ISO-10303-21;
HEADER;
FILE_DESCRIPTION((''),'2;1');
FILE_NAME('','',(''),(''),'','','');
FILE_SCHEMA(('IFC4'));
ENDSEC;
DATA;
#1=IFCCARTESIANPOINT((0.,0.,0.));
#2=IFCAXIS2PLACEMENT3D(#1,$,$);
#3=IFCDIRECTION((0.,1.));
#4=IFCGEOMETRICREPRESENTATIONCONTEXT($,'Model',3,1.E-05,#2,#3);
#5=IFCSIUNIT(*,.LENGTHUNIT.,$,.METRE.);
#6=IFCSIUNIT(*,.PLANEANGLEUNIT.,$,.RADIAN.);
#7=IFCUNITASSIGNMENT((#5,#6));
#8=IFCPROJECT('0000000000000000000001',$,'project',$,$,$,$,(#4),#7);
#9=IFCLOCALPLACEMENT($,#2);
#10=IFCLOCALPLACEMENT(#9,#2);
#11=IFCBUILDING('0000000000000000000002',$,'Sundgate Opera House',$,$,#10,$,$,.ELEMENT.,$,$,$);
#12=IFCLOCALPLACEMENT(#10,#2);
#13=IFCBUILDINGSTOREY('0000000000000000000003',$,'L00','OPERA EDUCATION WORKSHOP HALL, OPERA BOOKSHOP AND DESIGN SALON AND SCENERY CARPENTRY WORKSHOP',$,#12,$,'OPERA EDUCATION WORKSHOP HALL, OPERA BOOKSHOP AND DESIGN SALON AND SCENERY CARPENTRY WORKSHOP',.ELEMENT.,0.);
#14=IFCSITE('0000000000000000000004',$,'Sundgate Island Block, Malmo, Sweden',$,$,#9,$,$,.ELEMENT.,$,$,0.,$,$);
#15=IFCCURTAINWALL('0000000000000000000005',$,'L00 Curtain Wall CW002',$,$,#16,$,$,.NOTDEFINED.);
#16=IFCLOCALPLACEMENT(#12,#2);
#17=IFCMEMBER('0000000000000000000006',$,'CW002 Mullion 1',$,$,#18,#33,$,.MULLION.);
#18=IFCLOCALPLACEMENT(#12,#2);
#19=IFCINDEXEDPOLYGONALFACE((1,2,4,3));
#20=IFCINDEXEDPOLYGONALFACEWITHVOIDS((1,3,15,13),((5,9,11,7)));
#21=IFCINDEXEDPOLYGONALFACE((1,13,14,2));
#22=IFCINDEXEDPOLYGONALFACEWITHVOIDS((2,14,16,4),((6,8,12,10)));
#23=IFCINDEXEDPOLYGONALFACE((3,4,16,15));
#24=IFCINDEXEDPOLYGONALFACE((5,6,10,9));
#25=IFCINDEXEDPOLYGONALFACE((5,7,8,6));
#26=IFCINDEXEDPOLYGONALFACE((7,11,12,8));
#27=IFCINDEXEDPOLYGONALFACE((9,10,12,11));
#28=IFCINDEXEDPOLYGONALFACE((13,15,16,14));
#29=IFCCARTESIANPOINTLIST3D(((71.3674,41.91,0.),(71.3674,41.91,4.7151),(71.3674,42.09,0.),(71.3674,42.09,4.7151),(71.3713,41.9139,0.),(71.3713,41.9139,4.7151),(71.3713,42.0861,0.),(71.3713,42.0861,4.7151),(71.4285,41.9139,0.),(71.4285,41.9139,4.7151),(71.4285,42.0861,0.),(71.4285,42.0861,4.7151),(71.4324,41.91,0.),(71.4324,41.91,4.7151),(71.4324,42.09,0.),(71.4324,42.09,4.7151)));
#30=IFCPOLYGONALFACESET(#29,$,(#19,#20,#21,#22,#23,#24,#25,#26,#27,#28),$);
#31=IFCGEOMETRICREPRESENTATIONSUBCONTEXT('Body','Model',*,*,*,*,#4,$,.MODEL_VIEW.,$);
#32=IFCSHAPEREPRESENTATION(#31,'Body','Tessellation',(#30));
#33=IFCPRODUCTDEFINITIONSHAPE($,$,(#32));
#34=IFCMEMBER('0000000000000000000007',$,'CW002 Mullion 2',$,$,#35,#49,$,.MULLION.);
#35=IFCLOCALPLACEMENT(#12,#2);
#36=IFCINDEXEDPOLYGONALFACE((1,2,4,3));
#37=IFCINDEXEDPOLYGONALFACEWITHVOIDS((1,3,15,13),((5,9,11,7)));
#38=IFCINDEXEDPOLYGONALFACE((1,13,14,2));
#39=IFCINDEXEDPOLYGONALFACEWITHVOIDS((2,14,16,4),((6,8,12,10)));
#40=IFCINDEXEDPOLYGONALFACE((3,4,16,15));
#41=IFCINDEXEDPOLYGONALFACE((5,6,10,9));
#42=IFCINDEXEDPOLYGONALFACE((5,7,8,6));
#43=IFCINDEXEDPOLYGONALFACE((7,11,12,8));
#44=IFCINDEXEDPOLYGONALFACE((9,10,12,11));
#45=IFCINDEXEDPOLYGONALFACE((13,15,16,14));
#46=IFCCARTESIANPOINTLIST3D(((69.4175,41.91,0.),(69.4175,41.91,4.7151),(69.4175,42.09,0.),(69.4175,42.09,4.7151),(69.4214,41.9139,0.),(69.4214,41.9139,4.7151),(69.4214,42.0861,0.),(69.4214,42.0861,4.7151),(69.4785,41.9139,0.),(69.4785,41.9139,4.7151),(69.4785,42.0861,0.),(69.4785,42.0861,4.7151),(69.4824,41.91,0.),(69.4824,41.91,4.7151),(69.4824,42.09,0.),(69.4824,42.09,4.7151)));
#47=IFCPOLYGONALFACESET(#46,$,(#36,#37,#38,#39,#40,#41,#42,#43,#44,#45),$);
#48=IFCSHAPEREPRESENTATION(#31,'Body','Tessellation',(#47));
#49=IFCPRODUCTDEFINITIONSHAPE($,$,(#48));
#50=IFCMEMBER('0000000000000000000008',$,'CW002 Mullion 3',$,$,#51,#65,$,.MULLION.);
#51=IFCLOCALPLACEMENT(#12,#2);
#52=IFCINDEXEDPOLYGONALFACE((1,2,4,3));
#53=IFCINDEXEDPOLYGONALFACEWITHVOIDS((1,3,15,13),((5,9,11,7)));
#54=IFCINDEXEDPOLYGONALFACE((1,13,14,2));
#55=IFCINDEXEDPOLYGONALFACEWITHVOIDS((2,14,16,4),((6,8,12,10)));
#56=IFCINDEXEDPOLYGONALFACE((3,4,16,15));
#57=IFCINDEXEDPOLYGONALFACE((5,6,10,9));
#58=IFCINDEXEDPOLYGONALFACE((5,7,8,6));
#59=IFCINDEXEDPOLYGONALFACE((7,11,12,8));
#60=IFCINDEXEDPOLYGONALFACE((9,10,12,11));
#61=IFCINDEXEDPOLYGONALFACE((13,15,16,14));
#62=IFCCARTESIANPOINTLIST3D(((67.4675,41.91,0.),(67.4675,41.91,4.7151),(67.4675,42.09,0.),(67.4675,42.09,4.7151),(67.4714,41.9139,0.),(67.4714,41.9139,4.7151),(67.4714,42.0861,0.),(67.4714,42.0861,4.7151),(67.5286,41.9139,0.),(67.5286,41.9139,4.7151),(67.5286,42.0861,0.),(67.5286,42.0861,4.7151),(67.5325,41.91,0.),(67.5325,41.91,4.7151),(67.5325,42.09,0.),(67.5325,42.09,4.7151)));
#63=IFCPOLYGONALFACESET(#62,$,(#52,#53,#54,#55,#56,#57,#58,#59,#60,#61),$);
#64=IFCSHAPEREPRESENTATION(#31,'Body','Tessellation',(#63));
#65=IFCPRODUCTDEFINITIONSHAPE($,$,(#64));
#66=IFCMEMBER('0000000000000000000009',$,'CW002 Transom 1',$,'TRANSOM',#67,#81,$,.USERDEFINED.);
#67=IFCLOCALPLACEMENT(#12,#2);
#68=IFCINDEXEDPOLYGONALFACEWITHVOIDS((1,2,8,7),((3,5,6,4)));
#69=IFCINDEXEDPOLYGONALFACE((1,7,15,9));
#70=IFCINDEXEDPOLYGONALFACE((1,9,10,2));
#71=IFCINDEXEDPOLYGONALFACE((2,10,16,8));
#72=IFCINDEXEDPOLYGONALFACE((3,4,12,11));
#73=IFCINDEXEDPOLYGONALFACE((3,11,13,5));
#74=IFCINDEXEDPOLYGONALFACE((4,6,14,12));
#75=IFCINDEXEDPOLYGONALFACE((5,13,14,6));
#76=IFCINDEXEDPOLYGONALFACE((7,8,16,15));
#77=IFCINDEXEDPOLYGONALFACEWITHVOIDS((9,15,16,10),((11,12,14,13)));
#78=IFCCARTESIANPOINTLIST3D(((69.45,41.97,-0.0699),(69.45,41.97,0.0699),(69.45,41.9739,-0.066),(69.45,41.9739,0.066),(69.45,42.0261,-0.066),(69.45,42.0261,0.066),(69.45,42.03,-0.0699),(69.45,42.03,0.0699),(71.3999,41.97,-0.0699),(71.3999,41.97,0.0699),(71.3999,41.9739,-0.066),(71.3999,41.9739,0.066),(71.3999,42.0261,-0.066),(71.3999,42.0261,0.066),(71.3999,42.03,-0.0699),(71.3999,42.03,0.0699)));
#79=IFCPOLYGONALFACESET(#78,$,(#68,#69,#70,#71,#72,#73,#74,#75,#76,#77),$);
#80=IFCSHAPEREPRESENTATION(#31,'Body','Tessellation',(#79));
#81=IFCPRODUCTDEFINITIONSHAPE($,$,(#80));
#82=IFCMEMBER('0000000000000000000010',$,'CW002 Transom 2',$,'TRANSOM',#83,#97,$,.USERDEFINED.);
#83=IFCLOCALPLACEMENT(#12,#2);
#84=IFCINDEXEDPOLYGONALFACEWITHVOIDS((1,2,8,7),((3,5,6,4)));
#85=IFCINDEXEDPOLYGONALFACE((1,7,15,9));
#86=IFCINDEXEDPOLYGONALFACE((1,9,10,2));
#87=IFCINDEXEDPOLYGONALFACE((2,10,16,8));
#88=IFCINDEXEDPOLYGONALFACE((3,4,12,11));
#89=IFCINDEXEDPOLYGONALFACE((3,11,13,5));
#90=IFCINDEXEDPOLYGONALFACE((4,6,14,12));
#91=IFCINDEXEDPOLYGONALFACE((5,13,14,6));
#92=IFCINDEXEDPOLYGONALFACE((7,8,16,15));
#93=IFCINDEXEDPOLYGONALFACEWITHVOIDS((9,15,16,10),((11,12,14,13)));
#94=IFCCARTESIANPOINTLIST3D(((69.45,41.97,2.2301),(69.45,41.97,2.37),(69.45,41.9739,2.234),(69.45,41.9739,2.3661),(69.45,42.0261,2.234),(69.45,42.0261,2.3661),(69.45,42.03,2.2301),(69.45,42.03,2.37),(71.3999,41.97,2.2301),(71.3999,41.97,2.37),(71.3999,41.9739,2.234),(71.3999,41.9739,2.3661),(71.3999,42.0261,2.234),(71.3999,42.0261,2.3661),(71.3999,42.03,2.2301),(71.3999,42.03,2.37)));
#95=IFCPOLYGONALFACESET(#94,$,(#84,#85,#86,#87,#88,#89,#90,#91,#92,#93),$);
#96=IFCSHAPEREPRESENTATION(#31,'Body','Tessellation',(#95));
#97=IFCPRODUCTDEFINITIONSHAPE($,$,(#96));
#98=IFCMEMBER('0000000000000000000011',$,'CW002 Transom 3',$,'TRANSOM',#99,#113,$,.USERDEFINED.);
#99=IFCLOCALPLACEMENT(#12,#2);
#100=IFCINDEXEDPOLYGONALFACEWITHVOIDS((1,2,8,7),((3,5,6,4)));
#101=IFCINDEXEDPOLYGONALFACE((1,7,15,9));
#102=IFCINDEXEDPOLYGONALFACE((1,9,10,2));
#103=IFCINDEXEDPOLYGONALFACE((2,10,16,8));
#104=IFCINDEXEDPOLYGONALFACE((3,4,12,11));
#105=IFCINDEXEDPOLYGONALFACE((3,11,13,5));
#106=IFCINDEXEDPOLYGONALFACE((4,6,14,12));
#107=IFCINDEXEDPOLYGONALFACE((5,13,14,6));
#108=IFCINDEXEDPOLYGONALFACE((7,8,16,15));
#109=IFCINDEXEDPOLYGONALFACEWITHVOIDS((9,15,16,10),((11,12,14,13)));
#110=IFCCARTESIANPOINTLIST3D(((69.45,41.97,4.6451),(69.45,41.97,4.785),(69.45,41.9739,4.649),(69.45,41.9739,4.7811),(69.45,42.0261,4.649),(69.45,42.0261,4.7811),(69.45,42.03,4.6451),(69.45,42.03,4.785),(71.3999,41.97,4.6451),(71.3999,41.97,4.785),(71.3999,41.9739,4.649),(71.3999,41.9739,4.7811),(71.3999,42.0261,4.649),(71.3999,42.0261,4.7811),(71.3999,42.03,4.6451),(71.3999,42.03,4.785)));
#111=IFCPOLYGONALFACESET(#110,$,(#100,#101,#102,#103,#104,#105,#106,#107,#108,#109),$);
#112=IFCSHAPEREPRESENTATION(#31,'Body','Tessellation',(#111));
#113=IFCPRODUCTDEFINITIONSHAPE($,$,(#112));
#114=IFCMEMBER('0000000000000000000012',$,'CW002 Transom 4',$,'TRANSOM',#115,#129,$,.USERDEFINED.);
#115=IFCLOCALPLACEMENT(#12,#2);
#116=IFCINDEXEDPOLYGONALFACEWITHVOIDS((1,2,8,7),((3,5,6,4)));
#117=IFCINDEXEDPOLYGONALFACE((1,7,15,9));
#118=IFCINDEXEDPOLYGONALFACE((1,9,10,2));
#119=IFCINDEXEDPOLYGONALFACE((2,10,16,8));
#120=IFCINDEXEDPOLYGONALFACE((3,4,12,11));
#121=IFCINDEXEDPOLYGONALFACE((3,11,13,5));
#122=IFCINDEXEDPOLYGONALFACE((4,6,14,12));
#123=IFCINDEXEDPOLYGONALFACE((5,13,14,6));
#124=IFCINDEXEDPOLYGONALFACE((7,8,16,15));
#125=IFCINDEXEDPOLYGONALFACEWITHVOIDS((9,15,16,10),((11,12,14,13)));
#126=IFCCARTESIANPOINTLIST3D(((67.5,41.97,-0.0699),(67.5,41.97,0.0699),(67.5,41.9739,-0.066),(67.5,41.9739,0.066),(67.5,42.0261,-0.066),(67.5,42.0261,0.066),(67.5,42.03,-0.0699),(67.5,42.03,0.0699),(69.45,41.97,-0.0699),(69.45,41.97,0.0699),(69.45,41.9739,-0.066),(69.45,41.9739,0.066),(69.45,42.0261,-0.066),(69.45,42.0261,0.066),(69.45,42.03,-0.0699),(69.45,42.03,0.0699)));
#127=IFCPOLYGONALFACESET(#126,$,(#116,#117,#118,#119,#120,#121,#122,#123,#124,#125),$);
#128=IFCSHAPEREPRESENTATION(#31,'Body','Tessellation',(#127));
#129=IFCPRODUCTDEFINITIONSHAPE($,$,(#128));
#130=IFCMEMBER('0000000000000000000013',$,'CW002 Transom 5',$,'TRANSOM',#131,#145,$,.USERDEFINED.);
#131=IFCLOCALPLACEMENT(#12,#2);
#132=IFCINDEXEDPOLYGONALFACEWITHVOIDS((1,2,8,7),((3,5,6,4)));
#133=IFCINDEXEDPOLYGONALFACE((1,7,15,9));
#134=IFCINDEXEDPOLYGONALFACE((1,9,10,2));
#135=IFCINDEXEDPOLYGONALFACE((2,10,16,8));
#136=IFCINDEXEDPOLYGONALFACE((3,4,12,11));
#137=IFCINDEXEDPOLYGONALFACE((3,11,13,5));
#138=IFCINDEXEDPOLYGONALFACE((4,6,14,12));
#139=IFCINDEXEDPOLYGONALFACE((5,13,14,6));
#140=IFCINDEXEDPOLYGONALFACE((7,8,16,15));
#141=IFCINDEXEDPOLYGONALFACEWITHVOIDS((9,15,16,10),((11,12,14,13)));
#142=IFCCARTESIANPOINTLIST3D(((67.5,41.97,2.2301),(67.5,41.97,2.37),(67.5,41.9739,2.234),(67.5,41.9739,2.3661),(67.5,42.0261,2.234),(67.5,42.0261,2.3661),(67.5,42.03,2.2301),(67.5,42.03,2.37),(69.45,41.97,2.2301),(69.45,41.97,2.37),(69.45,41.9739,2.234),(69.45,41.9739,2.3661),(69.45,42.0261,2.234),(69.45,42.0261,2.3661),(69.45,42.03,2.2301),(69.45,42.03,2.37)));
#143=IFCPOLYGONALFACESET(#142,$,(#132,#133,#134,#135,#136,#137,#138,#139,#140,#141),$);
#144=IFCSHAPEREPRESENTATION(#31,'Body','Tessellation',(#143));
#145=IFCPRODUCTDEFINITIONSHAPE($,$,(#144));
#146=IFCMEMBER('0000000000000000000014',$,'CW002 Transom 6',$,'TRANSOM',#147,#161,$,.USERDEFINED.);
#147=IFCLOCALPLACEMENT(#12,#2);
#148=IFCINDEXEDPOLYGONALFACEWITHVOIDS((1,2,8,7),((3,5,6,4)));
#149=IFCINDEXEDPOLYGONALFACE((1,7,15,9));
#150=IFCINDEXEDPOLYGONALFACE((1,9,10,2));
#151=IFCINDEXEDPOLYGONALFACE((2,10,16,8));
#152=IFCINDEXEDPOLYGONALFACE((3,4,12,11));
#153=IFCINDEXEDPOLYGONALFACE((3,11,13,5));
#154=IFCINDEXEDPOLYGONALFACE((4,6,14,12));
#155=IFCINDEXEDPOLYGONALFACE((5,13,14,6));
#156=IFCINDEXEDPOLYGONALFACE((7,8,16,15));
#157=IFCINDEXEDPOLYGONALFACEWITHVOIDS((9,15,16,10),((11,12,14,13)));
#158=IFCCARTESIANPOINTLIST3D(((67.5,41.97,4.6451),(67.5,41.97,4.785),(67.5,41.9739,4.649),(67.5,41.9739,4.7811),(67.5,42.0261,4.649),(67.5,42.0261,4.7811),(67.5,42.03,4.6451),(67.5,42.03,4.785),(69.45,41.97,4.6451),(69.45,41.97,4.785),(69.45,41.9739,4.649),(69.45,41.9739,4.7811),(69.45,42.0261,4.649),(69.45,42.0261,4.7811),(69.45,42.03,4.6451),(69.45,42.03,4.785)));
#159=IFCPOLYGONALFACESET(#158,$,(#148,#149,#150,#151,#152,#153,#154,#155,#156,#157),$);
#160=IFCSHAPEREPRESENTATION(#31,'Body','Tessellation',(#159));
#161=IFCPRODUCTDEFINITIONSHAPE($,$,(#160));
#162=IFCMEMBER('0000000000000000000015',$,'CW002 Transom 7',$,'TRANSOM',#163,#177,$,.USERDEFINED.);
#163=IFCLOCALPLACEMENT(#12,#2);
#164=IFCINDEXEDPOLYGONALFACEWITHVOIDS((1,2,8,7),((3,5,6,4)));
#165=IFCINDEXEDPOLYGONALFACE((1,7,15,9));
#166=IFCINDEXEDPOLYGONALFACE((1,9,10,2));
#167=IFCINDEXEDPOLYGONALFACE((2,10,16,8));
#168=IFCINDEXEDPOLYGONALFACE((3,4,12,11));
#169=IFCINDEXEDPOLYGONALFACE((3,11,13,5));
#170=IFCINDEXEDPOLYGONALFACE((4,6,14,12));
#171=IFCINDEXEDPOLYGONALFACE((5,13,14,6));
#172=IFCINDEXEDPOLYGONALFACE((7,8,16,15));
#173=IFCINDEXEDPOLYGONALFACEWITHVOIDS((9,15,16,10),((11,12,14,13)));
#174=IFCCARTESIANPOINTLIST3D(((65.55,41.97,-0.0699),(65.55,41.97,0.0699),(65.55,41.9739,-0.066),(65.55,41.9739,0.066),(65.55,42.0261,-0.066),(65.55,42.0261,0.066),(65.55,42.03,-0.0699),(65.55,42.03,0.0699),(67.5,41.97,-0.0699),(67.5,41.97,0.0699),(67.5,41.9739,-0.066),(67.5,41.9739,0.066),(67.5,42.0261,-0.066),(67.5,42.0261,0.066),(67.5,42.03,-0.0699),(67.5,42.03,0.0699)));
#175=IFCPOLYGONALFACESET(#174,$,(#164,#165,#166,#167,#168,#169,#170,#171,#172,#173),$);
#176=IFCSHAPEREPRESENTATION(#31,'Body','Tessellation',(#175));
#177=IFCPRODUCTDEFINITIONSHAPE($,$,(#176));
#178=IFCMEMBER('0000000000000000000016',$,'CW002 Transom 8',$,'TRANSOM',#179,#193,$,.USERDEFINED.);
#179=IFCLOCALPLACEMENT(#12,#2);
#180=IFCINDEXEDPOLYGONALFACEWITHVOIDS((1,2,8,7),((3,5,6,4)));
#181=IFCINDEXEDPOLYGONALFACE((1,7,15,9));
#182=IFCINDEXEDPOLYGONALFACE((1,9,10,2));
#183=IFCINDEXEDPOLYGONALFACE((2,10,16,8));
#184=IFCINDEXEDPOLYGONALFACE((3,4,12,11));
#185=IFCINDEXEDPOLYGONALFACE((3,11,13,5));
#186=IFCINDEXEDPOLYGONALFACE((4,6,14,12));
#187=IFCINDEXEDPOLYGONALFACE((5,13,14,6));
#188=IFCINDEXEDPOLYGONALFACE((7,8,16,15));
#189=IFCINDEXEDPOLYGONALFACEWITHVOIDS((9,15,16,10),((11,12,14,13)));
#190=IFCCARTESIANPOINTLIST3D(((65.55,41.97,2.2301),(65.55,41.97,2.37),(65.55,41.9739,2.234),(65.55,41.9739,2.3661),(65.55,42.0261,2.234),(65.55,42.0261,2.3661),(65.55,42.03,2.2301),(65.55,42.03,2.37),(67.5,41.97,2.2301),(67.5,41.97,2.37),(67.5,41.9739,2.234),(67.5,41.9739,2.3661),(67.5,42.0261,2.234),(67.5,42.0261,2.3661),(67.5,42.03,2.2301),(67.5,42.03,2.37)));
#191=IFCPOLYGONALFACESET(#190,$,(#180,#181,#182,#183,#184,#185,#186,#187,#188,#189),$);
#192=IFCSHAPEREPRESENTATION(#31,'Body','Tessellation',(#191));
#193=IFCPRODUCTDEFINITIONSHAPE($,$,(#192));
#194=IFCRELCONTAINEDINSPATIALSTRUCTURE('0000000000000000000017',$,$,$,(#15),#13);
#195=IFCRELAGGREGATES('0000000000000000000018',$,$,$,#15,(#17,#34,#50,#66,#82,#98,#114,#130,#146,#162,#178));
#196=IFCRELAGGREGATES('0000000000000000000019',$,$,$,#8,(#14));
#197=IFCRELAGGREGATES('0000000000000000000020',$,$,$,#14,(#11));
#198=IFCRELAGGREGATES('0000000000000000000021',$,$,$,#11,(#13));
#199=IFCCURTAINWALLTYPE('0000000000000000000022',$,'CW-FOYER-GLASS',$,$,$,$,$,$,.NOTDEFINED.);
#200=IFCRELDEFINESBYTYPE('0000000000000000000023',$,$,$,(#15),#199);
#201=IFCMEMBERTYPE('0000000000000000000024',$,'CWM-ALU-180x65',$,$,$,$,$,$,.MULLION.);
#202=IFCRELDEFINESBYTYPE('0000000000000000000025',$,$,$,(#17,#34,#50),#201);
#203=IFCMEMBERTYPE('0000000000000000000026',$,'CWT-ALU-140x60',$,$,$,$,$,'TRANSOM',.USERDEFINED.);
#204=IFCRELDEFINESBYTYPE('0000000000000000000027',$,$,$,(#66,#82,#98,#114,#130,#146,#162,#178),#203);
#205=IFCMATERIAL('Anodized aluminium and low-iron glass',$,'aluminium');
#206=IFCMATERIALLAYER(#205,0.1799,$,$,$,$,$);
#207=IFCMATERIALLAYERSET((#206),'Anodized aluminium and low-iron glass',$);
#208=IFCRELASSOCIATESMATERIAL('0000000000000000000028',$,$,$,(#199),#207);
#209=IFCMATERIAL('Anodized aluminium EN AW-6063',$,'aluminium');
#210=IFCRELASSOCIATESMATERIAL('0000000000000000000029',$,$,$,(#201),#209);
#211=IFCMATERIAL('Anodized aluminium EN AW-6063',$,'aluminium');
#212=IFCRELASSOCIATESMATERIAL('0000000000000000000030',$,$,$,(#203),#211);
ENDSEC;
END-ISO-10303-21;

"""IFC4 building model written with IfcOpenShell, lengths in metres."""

from ifc_helpers import new_model, si_unit, direction, frame, origin, origin_2d, place, context, subcontext, project, spatial, hollow_rectangle, extrude, material, layer, layer_set, material_profile, profile_set, type_object, element, aggregate, save


model = new_model("IFC4")

# Units and contexts
model_context = context("Model", 3, precision=1e-05, world=origin(), true_north=direction((0.0, 1.0)))
body_context = subcontext(model_context, "Body", "Model", "MODEL_VIEW")
ifc_project = project(units=[si_unit("LENGTHUNIT", "METRE"), si_unit("PLANEANGLEUNIT", "RADIAN")], contexts=[model_context])

# Site, building, storey
site_placement = place(None, origin())
site = spatial("IfcSite", under=ifc_project, at=site_placement, Name="Sundgate Island Block, Malmo, Sweden", CompositionType="ELEMENT", RefElevation=0.0)
building_placement = place(site_placement, origin())
building = spatial("IfcBuilding", under=site, at=building_placement, Name="Sundgate Opera House", CompositionType="ELEMENT")
storey_placement = place(building_placement, origin())
storey = spatial("IfcBuildingStorey", under=building, at=storey_placement, Name="L00", Description="OPERA EDUCATION WORKSHOP HALL, OPERA BOOKSHOP AND DESIGN SALON AND SCENERY CARPENTRY WORKSHOP", LongName="OPERA EDUCATION WORKSHOP HALL, OPERA BOOKSHOP AND DESIGN SALON AND SCENERY CARPENTRY WORKSHOP", CompositionType="ELEMENT", Elevation=0.0)

# Curtain wall, members
ifc_material_1 = material(Name="Anodized aluminium and low-iron glass", Category="aluminium")
ifc_layer_1 = layer(ifc_material_1, 0.1799)
ifc_layer_set_1 = layer_set([ifc_layer_1], Name="Anodized aluminium and low-iron glass")
curtain_wall_type = type_object("IfcCurtainWallType", Name="CW-FOYER-GLASS", PredefinedType="NOTDEFINED", material=ifc_layer_set_1)
curtain_wall_placement = place(storey_placement, origin())
curtain_wall = element("IfcCurtainWall", 1, at=curtain_wall_placement, inside=storey, type_object=curtain_wall_type, Name="L00 Curtain Wall CW002", PredefinedType="NOTDEFINED")
ifc_material_2 = material(Name="Anodized aluminium EN AW-6063", Category="aluminium")
ifc_material_profile_1 = material_profile(ifc_material_2, hollow_rectangle(XDim=0.0649, YDim=0.1799, WallThickness=0.0039, at=origin_2d()), Name="CWM 180x65x4")
ifc_profile_set_1 = profile_set([ifc_material_profile_1], Name="Anodized aluminium EN AW-6063")
member_type_1 = type_object("IfcMemberType", Name="CWM-ALU-180x65", PredefinedType="MULLION", material=ifc_profile_set_1)
member_1_placement = place(storey_placement, frame((71.3999, 42.0, 0.0), z_axis=(0.0, 0.0, 1.0), x_axis=(1.0, 0.0, 0.0)))
member_1 = element("IfcMember", 2, at=member_1_placement, type_object=member_type_1, Name="CW002 Mullion 1", PredefinedType="MULLION", context=body_context, shape_type="SweptSolid", body=[
    extrude(hollow_rectangle(XDim=0.0649, YDim=0.1799, WallThickness=0.0039, at=origin_2d()), origin(), (0.0, 0.0, 1.0), 4.7151),
])
member_2_placement = place(storey_placement, frame((69.45, 42.0, 0.0), z_axis=(0.0, 0.0, 1.0), x_axis=(1.0, 0.0, 0.0)))
member_2 = element("IfcMember", 3, at=member_2_placement, type_object=member_type_1, Name="CW002 Mullion 2", PredefinedType="MULLION", context=body_context, shape_type="SweptSolid", body=[
    extrude(hollow_rectangle(XDim=0.0649, YDim=0.1799, WallThickness=0.0039, at=origin_2d()), origin(), (0.0, 0.0, 1.0), 4.7151),
])
member_3_placement = place(storey_placement, frame((67.5, 42.0, 0.0), z_axis=(0.0, 0.0, 1.0), x_axis=(1.0, 0.0, 0.0)))
member_3 = element("IfcMember", 4, at=member_3_placement, type_object=member_type_1, Name="CW002 Mullion 3", PredefinedType="MULLION", context=body_context, shape_type="SweptSolid", body=[
    extrude(hollow_rectangle(XDim=0.0649, YDim=0.1799, WallThickness=0.0039, at=origin_2d()), origin(), (0.0, 0.0, 1.0), 4.7151),
])
ifc_material_3 = material(Name="Anodized aluminium EN AW-6063", Category="aluminium")
ifc_material_profile_2 = material_profile(ifc_material_3, hollow_rectangle(XDim=0.0601, YDim=0.1399, WallThickness=0.0039, at=origin_2d()), Name="CWT 140x60x4")
ifc_profile_set_2 = profile_set([ifc_material_profile_2], Name="Anodized aluminium EN AW-6063")
member_type_2 = type_object("IfcMemberType", Name="CWT-ALU-140x60", ElementType="TRANSOM", PredefinedType="USERDEFINED", material=ifc_profile_set_2)
member_4_placement = place(storey_placement, frame((71.3999, 42.0, 0.0), z_axis=(-1.0, 0.0, 0.0), x_axis=(0.0, -1.0, 0.0)))
member_4 = element("IfcMember", 5, at=member_4_placement, type_object=member_type_2, Name="CW002 Transom 1", ObjectType="TRANSOM", PredefinedType="USERDEFINED", context=body_context, shape_type="SweptSolid", body=[
    extrude(hollow_rectangle(XDim=0.0601, YDim=0.1399, WallThickness=0.0039, at=origin_2d()), origin(), (0.0, 0.0, 1.0), 1.95),
])
member_5_placement = place(storey_placement, frame((71.3999, 42.0, 2.3), z_axis=(-1.0, 0.0, 0.0), x_axis=(0.0, -1.0, 0.0)))
member_5 = element("IfcMember", 6, at=member_5_placement, type_object=member_type_2, Name="CW002 Transom 2", ObjectType="TRANSOM", PredefinedType="USERDEFINED", context=body_context, shape_type="SweptSolid", body=[
    extrude(hollow_rectangle(XDim=0.0601, YDim=0.1399, WallThickness=0.0039, at=origin_2d()), origin(), (0.0, 0.0, 1.0), 1.95),
])
member_6_placement = place(storey_placement, frame((71.3999, 42.0, 4.7151), z_axis=(-1.0, 0.0, 0.0), x_axis=(0.0, -1.0, 0.0)))
member_6 = element("IfcMember", 7, at=member_6_placement, type_object=member_type_2, Name="CW002 Transom 3", ObjectType="TRANSOM", PredefinedType="USERDEFINED", context=body_context, shape_type="SweptSolid", body=[
    extrude(hollow_rectangle(XDim=0.0601, YDim=0.1399, WallThickness=0.0039, at=origin_2d()), origin(), (0.0, 0.0, 1.0), 1.95),
])
member_7_placement = place(storey_placement, frame((69.45, 42.0, 0.0), z_axis=(-1.0, 0.0, 0.0), x_axis=(0.0, -1.0, 0.0)))
member_7 = element("IfcMember", 8, at=member_7_placement, type_object=member_type_2, Name="CW002 Transom 4", ObjectType="TRANSOM", PredefinedType="USERDEFINED", context=body_context, shape_type="SweptSolid", body=[
    extrude(hollow_rectangle(XDim=0.0601, YDim=0.1399, WallThickness=0.0039, at=origin_2d()), origin(), (0.0, 0.0, 1.0), 1.95),
])
member_8_placement = place(storey_placement, frame((69.45, 42.0, 2.3), z_axis=(-1.0, 0.0, 0.0), x_axis=(0.0, -1.0, 0.0)))
member_8 = element("IfcMember", 9, at=member_8_placement, type_object=member_type_2, Name="CW002 Transom 5", ObjectType="TRANSOM", PredefinedType="USERDEFINED", context=body_context, shape_type="SweptSolid", body=[
    extrude(hollow_rectangle(XDim=0.0601, YDim=0.1399, WallThickness=0.0039, at=origin_2d()), origin(), (0.0, 0.0, 1.0), 1.95),
])
member_9_placement = place(storey_placement, frame((69.45, 42.0, 4.7151), z_axis=(-1.0, 0.0, 0.0), x_axis=(0.0, -1.0, 0.0)))
member_9 = element("IfcMember", 10, at=member_9_placement, type_object=member_type_2, Name="CW002 Transom 6", ObjectType="TRANSOM", PredefinedType="USERDEFINED", context=body_context, shape_type="SweptSolid", body=[
    extrude(hollow_rectangle(XDim=0.0601, YDim=0.1399, WallThickness=0.0039, at=origin_2d()), origin(), (0.0, 0.0, 1.0), 1.95),
])
member_10_placement = place(storey_placement, frame((67.5, 42.0, 0.0), z_axis=(-1.0, 0.0, 0.0), x_axis=(0.0, -1.0, 0.0)))
member_10 = element("IfcMember", 11, at=member_10_placement, type_object=member_type_2, Name="CW002 Transom 7", ObjectType="TRANSOM", PredefinedType="USERDEFINED", context=body_context, shape_type="SweptSolid", body=[
    extrude(hollow_rectangle(XDim=0.0601, YDim=0.1399, WallThickness=0.0039, at=origin_2d()), origin(), (0.0, 0.0, 1.0), 1.95),
])
member_11_placement = place(storey_placement, frame((67.5, 42.0, 2.3), z_axis=(-1.0, 0.0, 0.0), x_axis=(0.0, -1.0, 0.0)))
member_11 = element("IfcMember", 12, at=member_11_placement, type_object=member_type_2, Name="CW002 Transom 8", ObjectType="TRANSOM", PredefinedType="USERDEFINED", context=body_context, shape_type="SweptSolid", body=[
    extrude(hollow_rectangle(XDim=0.0601, YDim=0.1399, WallThickness=0.0039, at=origin_2d()), origin(), (0.0, 0.0, 1.0), 1.95),
])
aggregate(curtain_wall, [member_1, member_2, member_3, member_4, member_5, member_6, member_7, member_8, member_9, member_10, member_11])

save(model, "model.ifc")
